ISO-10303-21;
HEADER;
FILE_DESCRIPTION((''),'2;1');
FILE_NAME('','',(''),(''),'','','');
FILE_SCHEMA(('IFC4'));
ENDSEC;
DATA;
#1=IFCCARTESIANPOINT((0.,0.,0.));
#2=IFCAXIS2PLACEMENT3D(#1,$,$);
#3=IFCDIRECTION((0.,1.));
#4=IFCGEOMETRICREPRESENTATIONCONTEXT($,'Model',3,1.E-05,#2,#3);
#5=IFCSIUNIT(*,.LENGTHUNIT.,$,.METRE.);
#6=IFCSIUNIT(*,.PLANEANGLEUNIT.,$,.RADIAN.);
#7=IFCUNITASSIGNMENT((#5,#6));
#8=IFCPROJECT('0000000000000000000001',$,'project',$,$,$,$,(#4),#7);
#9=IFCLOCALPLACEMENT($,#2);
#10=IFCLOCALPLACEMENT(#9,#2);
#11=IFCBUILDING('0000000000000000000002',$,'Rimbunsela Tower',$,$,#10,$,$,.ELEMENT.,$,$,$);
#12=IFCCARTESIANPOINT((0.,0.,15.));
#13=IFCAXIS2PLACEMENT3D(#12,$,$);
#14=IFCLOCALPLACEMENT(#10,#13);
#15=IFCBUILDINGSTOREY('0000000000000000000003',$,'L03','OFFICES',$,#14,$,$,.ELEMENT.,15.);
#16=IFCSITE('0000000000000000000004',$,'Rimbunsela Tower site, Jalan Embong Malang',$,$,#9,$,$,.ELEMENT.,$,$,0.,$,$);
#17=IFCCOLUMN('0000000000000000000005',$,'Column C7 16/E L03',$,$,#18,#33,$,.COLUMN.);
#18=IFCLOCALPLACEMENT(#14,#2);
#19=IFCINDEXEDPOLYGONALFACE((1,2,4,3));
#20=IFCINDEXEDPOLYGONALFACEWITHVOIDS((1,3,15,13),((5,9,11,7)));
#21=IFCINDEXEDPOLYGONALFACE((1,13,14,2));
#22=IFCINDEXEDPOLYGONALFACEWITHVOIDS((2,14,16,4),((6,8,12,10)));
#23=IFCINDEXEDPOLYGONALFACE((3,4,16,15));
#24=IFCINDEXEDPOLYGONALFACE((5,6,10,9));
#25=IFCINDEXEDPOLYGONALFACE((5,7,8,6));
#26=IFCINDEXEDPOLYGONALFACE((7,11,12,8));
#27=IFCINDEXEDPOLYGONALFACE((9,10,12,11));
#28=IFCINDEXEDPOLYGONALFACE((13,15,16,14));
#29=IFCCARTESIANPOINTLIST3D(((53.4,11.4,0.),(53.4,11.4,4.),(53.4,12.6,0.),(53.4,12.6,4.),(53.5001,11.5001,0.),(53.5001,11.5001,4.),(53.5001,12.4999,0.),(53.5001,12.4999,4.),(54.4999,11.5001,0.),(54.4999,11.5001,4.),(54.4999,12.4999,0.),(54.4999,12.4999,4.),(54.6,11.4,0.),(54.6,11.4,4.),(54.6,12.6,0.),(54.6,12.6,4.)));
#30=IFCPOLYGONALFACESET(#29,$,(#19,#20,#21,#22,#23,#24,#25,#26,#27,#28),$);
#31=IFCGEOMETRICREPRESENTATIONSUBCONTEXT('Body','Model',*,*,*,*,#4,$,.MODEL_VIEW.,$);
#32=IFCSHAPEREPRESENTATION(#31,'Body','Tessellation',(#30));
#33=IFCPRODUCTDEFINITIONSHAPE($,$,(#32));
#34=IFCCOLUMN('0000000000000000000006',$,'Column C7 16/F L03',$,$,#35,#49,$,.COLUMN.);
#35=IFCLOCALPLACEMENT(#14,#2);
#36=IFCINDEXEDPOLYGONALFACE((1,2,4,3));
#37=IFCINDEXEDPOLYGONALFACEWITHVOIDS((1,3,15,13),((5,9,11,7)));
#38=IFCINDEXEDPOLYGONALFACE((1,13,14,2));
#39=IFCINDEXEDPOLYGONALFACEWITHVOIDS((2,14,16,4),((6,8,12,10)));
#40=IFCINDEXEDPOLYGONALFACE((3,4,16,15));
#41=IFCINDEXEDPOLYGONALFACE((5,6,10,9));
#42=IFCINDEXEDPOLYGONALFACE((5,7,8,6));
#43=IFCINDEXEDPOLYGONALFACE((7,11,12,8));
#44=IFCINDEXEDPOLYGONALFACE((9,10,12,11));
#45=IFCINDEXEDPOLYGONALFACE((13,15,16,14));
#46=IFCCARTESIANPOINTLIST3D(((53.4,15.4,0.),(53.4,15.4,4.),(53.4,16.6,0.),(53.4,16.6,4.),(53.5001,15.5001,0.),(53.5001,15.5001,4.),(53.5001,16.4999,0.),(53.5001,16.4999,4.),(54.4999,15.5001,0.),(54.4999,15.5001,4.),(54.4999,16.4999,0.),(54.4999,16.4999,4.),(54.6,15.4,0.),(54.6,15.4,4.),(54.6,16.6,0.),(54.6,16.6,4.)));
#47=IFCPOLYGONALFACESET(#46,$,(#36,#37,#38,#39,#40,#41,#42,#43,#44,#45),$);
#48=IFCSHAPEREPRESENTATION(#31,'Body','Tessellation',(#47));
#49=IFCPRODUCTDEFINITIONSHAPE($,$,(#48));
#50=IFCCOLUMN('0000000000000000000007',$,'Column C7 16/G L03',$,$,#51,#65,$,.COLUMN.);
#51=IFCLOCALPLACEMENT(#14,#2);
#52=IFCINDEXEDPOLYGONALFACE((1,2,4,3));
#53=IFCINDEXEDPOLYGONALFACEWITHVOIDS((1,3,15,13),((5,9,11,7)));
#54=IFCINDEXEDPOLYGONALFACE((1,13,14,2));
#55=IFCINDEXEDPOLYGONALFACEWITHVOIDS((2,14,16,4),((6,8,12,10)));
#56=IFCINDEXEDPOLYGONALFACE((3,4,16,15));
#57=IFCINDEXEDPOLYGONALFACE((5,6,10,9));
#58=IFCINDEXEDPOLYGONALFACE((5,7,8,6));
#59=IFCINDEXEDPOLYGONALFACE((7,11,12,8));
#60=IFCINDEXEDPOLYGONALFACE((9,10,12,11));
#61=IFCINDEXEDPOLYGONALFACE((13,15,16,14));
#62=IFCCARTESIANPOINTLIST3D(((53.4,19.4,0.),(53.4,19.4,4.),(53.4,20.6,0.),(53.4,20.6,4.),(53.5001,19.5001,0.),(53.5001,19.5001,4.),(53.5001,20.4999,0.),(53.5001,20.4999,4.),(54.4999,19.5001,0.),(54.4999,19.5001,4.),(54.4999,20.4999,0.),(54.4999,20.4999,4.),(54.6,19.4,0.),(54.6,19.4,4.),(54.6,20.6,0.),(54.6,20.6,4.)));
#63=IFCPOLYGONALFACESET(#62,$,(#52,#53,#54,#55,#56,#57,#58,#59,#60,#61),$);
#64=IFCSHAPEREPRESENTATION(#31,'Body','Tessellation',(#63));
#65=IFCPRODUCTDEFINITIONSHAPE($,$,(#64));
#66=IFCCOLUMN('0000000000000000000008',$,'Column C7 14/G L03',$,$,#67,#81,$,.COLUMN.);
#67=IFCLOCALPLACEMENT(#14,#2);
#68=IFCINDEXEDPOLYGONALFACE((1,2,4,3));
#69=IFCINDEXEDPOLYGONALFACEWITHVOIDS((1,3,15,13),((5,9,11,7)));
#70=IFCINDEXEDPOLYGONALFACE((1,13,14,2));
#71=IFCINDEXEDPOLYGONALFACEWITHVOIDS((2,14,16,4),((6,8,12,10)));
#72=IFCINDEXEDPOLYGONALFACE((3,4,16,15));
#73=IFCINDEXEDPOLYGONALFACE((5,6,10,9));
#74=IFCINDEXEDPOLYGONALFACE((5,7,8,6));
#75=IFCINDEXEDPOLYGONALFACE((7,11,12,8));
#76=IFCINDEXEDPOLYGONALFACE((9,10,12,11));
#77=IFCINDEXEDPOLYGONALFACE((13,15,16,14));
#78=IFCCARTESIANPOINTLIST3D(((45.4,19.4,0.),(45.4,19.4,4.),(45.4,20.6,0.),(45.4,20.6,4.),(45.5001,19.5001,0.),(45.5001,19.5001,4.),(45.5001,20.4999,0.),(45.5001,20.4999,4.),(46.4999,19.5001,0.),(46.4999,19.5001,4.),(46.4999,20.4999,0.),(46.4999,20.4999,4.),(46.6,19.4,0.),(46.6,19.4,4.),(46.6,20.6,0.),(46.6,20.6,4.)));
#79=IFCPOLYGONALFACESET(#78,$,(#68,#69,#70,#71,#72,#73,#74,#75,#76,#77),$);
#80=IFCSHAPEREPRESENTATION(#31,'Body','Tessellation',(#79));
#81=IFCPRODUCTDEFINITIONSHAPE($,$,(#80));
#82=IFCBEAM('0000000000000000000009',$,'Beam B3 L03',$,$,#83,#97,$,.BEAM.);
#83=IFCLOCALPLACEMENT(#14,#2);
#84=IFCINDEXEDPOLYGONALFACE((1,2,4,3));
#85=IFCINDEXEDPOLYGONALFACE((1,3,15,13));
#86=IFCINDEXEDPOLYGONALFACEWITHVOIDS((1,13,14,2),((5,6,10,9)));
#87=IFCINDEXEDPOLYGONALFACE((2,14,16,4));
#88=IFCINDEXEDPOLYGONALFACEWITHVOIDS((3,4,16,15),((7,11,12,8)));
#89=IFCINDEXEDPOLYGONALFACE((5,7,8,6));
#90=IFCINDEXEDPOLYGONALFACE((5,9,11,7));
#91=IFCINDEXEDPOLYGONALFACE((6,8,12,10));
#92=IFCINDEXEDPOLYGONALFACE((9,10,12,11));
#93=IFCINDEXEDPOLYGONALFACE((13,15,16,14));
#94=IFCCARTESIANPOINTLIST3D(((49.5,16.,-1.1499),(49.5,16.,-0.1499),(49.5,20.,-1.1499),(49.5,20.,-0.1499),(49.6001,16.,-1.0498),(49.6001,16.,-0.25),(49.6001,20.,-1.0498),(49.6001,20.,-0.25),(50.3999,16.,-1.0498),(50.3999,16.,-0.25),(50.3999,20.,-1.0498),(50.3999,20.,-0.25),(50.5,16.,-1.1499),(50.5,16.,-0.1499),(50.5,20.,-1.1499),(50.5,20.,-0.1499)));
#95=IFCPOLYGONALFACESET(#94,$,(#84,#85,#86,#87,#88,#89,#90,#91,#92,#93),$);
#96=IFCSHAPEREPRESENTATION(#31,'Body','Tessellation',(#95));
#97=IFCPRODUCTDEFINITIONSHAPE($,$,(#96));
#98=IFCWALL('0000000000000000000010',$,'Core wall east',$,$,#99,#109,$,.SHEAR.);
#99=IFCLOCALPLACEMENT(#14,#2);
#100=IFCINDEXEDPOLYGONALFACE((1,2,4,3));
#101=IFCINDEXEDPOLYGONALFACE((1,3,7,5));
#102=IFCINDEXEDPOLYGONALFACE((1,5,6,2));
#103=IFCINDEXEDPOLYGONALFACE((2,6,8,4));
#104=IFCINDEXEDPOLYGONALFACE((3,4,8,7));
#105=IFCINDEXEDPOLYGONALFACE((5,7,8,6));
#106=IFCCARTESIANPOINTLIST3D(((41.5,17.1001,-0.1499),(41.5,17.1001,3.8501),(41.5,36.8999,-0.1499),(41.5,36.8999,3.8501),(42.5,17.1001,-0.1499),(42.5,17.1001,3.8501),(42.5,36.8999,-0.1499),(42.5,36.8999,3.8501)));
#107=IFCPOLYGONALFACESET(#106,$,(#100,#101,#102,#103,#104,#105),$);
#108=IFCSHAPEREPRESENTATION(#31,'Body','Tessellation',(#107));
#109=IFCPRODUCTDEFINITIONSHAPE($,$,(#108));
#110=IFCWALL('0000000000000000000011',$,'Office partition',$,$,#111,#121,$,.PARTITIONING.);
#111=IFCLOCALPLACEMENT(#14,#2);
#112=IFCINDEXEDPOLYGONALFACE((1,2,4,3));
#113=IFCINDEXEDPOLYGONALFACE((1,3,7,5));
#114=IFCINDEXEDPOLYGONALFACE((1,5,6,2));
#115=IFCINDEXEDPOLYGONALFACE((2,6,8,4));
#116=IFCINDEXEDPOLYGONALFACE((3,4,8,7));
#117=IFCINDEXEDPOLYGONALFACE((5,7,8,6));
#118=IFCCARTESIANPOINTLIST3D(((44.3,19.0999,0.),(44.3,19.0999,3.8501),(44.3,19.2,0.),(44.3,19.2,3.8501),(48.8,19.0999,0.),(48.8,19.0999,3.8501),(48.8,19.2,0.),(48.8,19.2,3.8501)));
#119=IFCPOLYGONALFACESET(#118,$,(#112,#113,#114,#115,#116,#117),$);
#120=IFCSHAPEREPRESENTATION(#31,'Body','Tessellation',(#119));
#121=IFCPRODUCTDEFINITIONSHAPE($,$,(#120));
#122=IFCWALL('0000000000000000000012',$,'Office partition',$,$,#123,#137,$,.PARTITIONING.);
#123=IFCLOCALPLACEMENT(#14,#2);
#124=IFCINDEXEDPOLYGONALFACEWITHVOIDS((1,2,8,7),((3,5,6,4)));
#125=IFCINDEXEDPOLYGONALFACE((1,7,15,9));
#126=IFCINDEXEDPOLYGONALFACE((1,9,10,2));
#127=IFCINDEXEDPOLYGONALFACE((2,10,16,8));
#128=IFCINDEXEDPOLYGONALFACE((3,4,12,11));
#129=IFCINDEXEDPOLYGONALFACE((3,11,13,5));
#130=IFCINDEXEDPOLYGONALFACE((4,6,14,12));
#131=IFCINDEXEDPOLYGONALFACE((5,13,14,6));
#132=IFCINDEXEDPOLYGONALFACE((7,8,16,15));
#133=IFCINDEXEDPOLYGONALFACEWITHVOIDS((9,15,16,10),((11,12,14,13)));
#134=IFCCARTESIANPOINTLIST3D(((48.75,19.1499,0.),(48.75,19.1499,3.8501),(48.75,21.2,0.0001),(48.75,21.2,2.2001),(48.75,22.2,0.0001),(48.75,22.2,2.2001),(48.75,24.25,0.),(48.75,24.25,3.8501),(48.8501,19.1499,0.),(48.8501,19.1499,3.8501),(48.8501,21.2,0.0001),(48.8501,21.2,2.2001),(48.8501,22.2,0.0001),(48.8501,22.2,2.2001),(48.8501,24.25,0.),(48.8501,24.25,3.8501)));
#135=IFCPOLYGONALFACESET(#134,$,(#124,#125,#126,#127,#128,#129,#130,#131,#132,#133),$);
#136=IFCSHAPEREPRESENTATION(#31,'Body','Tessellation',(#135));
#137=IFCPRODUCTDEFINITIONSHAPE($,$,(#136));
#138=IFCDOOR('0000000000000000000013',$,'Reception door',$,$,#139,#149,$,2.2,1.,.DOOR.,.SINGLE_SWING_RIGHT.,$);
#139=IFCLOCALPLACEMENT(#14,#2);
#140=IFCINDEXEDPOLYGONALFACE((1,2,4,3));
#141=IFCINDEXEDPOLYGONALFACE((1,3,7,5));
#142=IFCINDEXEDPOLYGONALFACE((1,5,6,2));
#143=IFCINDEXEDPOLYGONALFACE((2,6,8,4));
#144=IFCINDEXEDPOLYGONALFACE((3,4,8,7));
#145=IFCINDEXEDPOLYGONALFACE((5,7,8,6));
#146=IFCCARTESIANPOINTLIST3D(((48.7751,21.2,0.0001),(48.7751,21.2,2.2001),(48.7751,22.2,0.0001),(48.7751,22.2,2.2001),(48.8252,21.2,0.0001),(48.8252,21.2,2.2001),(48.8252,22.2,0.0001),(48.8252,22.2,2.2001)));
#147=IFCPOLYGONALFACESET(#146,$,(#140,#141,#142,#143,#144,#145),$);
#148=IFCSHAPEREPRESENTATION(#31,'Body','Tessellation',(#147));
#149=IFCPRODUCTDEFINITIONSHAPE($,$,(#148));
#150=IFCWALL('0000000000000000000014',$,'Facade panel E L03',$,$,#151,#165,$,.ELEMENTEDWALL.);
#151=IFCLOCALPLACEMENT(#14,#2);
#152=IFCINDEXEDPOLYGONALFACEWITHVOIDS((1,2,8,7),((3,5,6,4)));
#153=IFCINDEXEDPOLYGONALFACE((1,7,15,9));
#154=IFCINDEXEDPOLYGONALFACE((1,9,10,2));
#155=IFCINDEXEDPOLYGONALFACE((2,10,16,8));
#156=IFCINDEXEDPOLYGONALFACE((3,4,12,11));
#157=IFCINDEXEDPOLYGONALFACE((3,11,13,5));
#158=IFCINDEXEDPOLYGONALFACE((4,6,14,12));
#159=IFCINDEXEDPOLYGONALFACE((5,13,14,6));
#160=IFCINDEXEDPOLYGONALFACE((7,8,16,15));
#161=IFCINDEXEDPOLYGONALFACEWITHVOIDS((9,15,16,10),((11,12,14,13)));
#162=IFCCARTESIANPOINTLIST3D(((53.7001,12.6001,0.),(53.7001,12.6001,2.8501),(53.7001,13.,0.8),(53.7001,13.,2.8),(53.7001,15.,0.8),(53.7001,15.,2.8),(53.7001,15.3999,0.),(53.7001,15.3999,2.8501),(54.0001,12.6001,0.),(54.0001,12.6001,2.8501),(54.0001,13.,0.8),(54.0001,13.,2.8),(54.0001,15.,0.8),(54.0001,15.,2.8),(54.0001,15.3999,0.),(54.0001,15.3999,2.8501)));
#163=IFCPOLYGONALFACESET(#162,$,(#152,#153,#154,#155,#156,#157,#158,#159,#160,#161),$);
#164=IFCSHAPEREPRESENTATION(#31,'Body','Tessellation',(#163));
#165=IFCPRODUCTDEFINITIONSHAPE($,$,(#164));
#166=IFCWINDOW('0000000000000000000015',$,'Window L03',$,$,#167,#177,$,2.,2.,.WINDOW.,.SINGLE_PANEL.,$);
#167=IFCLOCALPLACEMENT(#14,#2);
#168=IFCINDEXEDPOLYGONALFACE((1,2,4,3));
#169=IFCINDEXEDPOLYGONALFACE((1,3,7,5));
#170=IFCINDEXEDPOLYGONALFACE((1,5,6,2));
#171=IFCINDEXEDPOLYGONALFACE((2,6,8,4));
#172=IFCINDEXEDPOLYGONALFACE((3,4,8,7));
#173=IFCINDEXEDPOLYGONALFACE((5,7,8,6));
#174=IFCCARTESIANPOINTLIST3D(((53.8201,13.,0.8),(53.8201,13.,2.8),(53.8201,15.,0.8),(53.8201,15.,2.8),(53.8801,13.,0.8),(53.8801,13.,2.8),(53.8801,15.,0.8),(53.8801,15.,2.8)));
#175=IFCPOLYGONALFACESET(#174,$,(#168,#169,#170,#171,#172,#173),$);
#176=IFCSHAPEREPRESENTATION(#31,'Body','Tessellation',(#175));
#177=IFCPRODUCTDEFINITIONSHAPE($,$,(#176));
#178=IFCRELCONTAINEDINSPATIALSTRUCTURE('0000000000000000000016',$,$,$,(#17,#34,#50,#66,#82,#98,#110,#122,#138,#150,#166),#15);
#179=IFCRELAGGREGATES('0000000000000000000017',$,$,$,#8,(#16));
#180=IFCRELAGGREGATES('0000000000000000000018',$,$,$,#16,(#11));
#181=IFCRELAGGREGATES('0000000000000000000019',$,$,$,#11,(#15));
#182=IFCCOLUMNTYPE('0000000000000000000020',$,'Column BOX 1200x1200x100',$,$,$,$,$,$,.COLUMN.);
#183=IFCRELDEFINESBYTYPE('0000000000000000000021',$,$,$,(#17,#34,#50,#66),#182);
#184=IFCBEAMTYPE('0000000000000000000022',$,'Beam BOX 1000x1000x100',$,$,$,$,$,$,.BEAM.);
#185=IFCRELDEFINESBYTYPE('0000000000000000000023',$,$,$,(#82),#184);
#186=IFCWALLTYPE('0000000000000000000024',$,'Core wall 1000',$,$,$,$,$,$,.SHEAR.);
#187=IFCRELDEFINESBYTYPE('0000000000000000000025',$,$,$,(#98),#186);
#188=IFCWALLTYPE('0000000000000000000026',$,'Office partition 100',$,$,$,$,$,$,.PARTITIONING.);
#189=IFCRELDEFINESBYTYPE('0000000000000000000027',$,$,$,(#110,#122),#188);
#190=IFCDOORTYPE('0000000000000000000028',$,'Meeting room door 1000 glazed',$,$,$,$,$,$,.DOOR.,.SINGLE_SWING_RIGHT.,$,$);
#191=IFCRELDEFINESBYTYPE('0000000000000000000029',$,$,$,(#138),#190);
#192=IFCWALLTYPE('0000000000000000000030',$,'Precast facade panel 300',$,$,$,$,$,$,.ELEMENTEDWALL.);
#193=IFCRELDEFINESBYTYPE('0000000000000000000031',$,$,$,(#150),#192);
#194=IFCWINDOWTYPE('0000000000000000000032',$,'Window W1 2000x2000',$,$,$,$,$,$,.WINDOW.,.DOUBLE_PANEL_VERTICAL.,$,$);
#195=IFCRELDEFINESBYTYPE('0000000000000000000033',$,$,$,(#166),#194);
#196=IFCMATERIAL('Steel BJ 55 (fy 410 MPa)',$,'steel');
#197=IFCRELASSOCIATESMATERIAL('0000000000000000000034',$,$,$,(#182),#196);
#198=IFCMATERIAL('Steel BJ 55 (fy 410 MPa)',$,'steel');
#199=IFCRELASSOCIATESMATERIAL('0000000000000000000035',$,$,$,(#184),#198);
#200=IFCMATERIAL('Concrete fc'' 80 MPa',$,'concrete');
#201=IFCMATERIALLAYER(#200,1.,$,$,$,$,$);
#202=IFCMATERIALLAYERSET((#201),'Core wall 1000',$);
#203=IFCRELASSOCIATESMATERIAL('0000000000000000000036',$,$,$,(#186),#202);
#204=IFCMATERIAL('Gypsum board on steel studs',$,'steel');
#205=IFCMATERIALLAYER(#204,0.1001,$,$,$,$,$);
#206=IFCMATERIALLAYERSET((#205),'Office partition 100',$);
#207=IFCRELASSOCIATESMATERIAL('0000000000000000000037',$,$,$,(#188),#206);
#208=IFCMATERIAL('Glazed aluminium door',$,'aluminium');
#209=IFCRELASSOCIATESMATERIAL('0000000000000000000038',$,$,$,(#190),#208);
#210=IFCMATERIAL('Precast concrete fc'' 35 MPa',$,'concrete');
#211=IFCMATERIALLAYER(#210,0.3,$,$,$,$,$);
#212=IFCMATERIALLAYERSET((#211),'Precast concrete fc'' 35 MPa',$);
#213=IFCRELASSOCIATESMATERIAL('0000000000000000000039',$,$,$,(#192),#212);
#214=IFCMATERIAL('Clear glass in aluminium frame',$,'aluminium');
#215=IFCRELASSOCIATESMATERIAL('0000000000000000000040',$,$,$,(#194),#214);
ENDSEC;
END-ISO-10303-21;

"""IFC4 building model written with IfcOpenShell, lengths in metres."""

from ifc_helpers import new_model, si_unit, direction, frame, frame_2d, origin, origin_2d, place, context, subcontext, project, spatial, rectangle, hollow_rectangle, extrude, material, layer, layer_set, material_profile, profile_set, type_object, element, fill, save


model = new_model("IFC4")

# Units and contexts
model_context = context("Model", 3, precision=1e-05, world=origin(), true_north=direction((0.0, 1.0)))
body_context = subcontext(model_context, "Body", "Model", "MODEL_VIEW")
ifc_project = project(units=[si_unit("LENGTHUNIT", "METRE"), si_unit("PLANEANGLEUNIT", "RADIAN")], contexts=[model_context])

# Site, building, storey
site_placement = place(None, origin())
site = spatial("IfcSite", under=ifc_project, at=site_placement, Name="Rimbunsela Tower site, Jalan Embong Malang", CompositionType="ELEMENT", RefElevation=0.0)
building_placement = place(site_placement, origin())
building = spatial("IfcBuilding", under=site, at=building_placement, Name="Rimbunsela Tower", CompositionType="ELEMENT")
storey_placement = place(building_placement, frame((0.0, 0.0, 15.0)))
storey = spatial("IfcBuildingStorey", under=building, at=storey_placement, Name="L03", Description="OFFICES", CompositionType="ELEMENT", Elevation=15.0)

# Columns
ifc_material_1 = material(Name="Steel BJ 55 (fy 410 MPa)", Category="steel")
ifc_material_profile_1 = material_profile(ifc_material_1, hollow_rectangle(XDim=1.2, YDim=1.2, WallThickness=0.1001, at=origin_2d()), Name="BOX 1200x1200x100")
ifc_profile_set_1 = profile_set([ifc_material_profile_1], Name="Steel BJ 55 (fy 410 MPa)")
column_type = type_object("IfcColumnType", Name="Column BOX 1200x1200x100", PredefinedType="COLUMN", material=ifc_profile_set_1)
for number, where, z_axis, x_axis, name in (
    (1, (54.0, 12.0, 0.0), (0.0, 0.0, 1.0), (1.0, 0.0, 0.0), "Column C7 16/E L03"),
    (2, (54.0, 16.0, 0.0), (0.0, 0.0, 1.0), (1.0, 0.0, 0.0), "Column C7 16/F L03"),
    (3, (54.0, 20.0, 0.0), (0.0, 0.0, 1.0), (1.0, 0.0, 0.0), "Column C7 16/G L03"),
    (4, (46.0, 20.0, 0.0), (0.0, 0.0, 1.0), (1.0, 0.0, 0.0), "Column C7 14/G L03"),
):
    element("IfcColumn", number, at=place(storey_placement, frame(where, z_axis=z_axis, x_axis=x_axis)), inside=storey, type_object=column_type, Name=name, PredefinedType="COLUMN", context=body_context, shape_type="SweptSolid", body=[
        extrude(hollow_rectangle(XDim=1.2, YDim=1.2, WallThickness=0.1001, at=origin_2d()), origin(), (0.0, 0.0, 1.0), 4.0),
    ])

# Beam
ifc_material_2 = material(Name="Steel BJ 55 (fy 410 MPa)", Category="steel")
ifc_material_profile_2 = material_profile(ifc_material_2, hollow_rectangle(XDim=1.0, YDim=1.0, WallThickness=0.1001, at=origin_2d()), Name="BOX 1000x1000x100")
ifc_profile_set_2 = profile_set([ifc_material_profile_2], Name="Steel BJ 55 (fy 410 MPa)")
beam_type = type_object("IfcBeamType", Name="Beam BOX 1000x1000x100", PredefinedType="BEAM", material=ifc_profile_set_2)
beam_placement = place(storey_placement, frame((50.0, 16.0, -0.6499), z_axis=(0.0, 1.0, 0.0), x_axis=(-1.0, 0.0, 0.0)))
element("IfcBeam", 5, at=beam_placement, inside=storey, type_object=beam_type, Name="Beam B3 L03", PredefinedType="BEAM", context=body_context, shape_type="SweptSolid", body=[
    extrude(hollow_rectangle(XDim=1.0, YDim=1.0, WallThickness=0.1001, at=origin_2d()), origin(), (0.0, 0.0, 1.0), 4.0),
])

# Walls
ifc_material_3 = material(Name="Concrete fc' 80 MPa", Category="concrete")
ifc_layer_1 = layer(ifc_material_3, 1.0)
ifc_layer_set_1 = layer_set([ifc_layer_1], Name="Core wall 1000")
wall_type_1 = type_object("IfcWallType", Name="Core wall 1000", PredefinedType="SHEAR", material=ifc_layer_set_1)
wall_1_placement = place(storey_placement, frame((42.0, 17.1001, -0.1499), z_axis=(0.0, 0.0, 1.0), x_axis=(0.0, 1.0, 0.0)))
element("IfcWall", 6, at=wall_1_placement, inside=storey, type_object=wall_type_1, Name="Core wall east", PredefinedType="SHEAR", context=body_context, shape_type="SweptSolid", body=[
    extrude(rectangle(XDim=19.7998, YDim=1.0, at=frame_2d((9.8999, 0.0))), origin(), (0.0, 0.0, 1.0), 4.0),
])
ifc_material_4 = material(Name="Gypsum board on steel studs", Category="steel")
ifc_layer_2 = layer(ifc_material_4, 0.1001)
ifc_layer_set_2 = layer_set([ifc_layer_2], Name="Office partition 100")
wall_type_2 = type_object("IfcWallType", Name="Office partition 100", PredefinedType="PARTITIONING", material=ifc_layer_set_2)
wall_2_placement = place(storey_placement, frame((44.3, 19.1499, 0.0), z_axis=(0.0, 0.0, 1.0), x_axis=(1.0, 0.0, 0.0)))
element("IfcWall", 7, at=wall_2_placement, inside=storey, type_object=wall_type_2, Name="Office partition", PredefinedType="PARTITIONING", context=body_context, shape_type="SweptSolid", body=[
    extrude(rectangle(XDim=4.5, YDim=0.1001, at=frame_2d((2.25, 0.0))), origin(), (0.0, 0.0, 1.0), 3.8501),
])

# Wall, opening, door
wall_3_placement = place(storey_placement, frame((48.8, 19.1499, 0.0), z_axis=(0.0, 0.0, 1.0), x_axis=(0.0, 1.0, 0.0)))
wall_3 = element("IfcWall", 8, at=wall_3_placement, inside=storey, type_object=wall_type_2, Name="Office partition", PredefinedType="PARTITIONING", context=body_context, shape_type="SweptSolid", body=[
    extrude(rectangle(XDim=5.1001, YDim=0.1001, at=frame_2d((2.55, 0.0))), origin(), (0.0, 0.0, 1.0), 3.8501),
])
opening_1_placement = place(wall_3_placement, frame((2.05, 0.0, 0.0)))
opening_1 = element("IfcOpeningElement", 9, at=opening_1_placement, cuts=wall_3, PredefinedType="OPENING", context=body_context, shape_type="SweptSolid", body=[
    extrude(rectangle(XDim=1.0, YDim=2.2, at=frame_2d((0.5, 1.1001))), frame((0.0, 0.0601, 0.0), z_axis=(0.0, -1.0, 0.0), x_axis=(1.0, 0.0, 0.0)), (0.0, 0.0, 1.0), 0.1201),
])
ifc_material_5 = material(Name="Glazed aluminium door", Category="aluminium")
door_type_1 = type_object("IfcDoorType", Name="Meeting room door 1000 glazed", OperationType="SINGLE_SWING_RIGHT", PredefinedType="DOOR", material=ifc_material_5)
door_1_placement = place(opening_1_placement, origin())
door_1 = element("IfcDoor", 10, at=door_1_placement, inside=storey, type_object=door_type_1, Name="Reception door", OperationType="SINGLE_SWING_RIGHT", OverallHeight=2.2, OverallWidth=1.0, PredefinedType="DOOR", context=body_context, shape_type="SweptSolid", body=[
    extrude(rectangle(XDim=1.0, YDim=2.2, at=frame_2d((0.5, 1.1001))), frame((0.0, 0.0249, 0.0), z_axis=(0.0, -1.0, 0.0), x_axis=(1.0, 0.0, 0.0)), (0.0, 0.0, 1.0), 0.05),
])
fill(opening_1, door_1)

# Wall, opening, window
ifc_material_6 = material(Name="Precast concrete fc' 35 MPa", Category="concrete")
ifc_layer_3 = layer(ifc_material_6, 0.3)
ifc_layer_set_3 = layer_set([ifc_layer_3], Name="Precast concrete fc' 35 MPa")
wall_type_3 = type_object("IfcWallType", Name="Precast facade panel 300", PredefinedType="ELEMENTEDWALL", material=ifc_layer_set_3)
wall_4_placement = place(storey_placement, frame((53.8501, 12.6001, 0.0), z_axis=(0.0, 0.0, 1.0), x_axis=(0.0, 1.0, 0.0)))
wall_4 = element("IfcWall", 11, at=wall_4_placement, inside=storey, type_object=wall_type_3, Name="Facade panel E L03", PredefinedType="ELEMENTEDWALL", context=body_context, shape_type="SweptSolid", body=[
    extrude(rectangle(XDim=2.7998, YDim=0.3, at=frame_2d((1.3999, 0.0))), origin(), (0.0, 0.0, 1.0), 2.8501),
])
opening_2_placement = place(wall_4_placement, frame((0.3999, 0.0, 0.8)))
opening_2 = element("IfcOpeningElement", 12, at=opening_2_placement, cuts=wall_4, PredefinedType="OPENING", context=body_context, shape_type="SweptSolid", body=[
    extrude(rectangle(XDim=2.0, YDim=2.0, at=frame_2d((1.0, 1.0))), frame((0.0, 0.1599, 0.0), z_axis=(0.0, -1.0, 0.0), x_axis=(1.0, 0.0, 0.0)), (0.0, 0.0, 1.0), 0.3201),
])
ifc_material_7 = material(Name="Clear glass in aluminium frame", Category="aluminium")
window_type = type_object("IfcWindowType", Name="Window W1 2000x2000", PartitioningType="DOUBLE_PANEL_VERTICAL", PredefinedType="WINDOW", material=ifc_material_7)
window_1_placement = place(opening_2_placement, origin())
window_1 = element("IfcWindow", 13, at=window_1_placement, inside=storey, type_object=window_type, Name="Window L03", OverallHeight=2.0, OverallWidth=2.0, PartitioningType="SINGLE_PANEL", PredefinedType="WINDOW", context=body_context, shape_type="SweptSolid", body=[
    extrude(rectangle(XDim=2.0, YDim=2.0, at=frame_2d((1.0, 1.0))), frame((0.0, 0.03, 0.0), z_axis=(0.0, -1.0, 0.0), x_axis=(1.0, 0.0, 0.0)), (0.0, 0.0, 1.0), 0.0601),
])
fill(opening_2, window_1)

save(model, "model.ifc")
